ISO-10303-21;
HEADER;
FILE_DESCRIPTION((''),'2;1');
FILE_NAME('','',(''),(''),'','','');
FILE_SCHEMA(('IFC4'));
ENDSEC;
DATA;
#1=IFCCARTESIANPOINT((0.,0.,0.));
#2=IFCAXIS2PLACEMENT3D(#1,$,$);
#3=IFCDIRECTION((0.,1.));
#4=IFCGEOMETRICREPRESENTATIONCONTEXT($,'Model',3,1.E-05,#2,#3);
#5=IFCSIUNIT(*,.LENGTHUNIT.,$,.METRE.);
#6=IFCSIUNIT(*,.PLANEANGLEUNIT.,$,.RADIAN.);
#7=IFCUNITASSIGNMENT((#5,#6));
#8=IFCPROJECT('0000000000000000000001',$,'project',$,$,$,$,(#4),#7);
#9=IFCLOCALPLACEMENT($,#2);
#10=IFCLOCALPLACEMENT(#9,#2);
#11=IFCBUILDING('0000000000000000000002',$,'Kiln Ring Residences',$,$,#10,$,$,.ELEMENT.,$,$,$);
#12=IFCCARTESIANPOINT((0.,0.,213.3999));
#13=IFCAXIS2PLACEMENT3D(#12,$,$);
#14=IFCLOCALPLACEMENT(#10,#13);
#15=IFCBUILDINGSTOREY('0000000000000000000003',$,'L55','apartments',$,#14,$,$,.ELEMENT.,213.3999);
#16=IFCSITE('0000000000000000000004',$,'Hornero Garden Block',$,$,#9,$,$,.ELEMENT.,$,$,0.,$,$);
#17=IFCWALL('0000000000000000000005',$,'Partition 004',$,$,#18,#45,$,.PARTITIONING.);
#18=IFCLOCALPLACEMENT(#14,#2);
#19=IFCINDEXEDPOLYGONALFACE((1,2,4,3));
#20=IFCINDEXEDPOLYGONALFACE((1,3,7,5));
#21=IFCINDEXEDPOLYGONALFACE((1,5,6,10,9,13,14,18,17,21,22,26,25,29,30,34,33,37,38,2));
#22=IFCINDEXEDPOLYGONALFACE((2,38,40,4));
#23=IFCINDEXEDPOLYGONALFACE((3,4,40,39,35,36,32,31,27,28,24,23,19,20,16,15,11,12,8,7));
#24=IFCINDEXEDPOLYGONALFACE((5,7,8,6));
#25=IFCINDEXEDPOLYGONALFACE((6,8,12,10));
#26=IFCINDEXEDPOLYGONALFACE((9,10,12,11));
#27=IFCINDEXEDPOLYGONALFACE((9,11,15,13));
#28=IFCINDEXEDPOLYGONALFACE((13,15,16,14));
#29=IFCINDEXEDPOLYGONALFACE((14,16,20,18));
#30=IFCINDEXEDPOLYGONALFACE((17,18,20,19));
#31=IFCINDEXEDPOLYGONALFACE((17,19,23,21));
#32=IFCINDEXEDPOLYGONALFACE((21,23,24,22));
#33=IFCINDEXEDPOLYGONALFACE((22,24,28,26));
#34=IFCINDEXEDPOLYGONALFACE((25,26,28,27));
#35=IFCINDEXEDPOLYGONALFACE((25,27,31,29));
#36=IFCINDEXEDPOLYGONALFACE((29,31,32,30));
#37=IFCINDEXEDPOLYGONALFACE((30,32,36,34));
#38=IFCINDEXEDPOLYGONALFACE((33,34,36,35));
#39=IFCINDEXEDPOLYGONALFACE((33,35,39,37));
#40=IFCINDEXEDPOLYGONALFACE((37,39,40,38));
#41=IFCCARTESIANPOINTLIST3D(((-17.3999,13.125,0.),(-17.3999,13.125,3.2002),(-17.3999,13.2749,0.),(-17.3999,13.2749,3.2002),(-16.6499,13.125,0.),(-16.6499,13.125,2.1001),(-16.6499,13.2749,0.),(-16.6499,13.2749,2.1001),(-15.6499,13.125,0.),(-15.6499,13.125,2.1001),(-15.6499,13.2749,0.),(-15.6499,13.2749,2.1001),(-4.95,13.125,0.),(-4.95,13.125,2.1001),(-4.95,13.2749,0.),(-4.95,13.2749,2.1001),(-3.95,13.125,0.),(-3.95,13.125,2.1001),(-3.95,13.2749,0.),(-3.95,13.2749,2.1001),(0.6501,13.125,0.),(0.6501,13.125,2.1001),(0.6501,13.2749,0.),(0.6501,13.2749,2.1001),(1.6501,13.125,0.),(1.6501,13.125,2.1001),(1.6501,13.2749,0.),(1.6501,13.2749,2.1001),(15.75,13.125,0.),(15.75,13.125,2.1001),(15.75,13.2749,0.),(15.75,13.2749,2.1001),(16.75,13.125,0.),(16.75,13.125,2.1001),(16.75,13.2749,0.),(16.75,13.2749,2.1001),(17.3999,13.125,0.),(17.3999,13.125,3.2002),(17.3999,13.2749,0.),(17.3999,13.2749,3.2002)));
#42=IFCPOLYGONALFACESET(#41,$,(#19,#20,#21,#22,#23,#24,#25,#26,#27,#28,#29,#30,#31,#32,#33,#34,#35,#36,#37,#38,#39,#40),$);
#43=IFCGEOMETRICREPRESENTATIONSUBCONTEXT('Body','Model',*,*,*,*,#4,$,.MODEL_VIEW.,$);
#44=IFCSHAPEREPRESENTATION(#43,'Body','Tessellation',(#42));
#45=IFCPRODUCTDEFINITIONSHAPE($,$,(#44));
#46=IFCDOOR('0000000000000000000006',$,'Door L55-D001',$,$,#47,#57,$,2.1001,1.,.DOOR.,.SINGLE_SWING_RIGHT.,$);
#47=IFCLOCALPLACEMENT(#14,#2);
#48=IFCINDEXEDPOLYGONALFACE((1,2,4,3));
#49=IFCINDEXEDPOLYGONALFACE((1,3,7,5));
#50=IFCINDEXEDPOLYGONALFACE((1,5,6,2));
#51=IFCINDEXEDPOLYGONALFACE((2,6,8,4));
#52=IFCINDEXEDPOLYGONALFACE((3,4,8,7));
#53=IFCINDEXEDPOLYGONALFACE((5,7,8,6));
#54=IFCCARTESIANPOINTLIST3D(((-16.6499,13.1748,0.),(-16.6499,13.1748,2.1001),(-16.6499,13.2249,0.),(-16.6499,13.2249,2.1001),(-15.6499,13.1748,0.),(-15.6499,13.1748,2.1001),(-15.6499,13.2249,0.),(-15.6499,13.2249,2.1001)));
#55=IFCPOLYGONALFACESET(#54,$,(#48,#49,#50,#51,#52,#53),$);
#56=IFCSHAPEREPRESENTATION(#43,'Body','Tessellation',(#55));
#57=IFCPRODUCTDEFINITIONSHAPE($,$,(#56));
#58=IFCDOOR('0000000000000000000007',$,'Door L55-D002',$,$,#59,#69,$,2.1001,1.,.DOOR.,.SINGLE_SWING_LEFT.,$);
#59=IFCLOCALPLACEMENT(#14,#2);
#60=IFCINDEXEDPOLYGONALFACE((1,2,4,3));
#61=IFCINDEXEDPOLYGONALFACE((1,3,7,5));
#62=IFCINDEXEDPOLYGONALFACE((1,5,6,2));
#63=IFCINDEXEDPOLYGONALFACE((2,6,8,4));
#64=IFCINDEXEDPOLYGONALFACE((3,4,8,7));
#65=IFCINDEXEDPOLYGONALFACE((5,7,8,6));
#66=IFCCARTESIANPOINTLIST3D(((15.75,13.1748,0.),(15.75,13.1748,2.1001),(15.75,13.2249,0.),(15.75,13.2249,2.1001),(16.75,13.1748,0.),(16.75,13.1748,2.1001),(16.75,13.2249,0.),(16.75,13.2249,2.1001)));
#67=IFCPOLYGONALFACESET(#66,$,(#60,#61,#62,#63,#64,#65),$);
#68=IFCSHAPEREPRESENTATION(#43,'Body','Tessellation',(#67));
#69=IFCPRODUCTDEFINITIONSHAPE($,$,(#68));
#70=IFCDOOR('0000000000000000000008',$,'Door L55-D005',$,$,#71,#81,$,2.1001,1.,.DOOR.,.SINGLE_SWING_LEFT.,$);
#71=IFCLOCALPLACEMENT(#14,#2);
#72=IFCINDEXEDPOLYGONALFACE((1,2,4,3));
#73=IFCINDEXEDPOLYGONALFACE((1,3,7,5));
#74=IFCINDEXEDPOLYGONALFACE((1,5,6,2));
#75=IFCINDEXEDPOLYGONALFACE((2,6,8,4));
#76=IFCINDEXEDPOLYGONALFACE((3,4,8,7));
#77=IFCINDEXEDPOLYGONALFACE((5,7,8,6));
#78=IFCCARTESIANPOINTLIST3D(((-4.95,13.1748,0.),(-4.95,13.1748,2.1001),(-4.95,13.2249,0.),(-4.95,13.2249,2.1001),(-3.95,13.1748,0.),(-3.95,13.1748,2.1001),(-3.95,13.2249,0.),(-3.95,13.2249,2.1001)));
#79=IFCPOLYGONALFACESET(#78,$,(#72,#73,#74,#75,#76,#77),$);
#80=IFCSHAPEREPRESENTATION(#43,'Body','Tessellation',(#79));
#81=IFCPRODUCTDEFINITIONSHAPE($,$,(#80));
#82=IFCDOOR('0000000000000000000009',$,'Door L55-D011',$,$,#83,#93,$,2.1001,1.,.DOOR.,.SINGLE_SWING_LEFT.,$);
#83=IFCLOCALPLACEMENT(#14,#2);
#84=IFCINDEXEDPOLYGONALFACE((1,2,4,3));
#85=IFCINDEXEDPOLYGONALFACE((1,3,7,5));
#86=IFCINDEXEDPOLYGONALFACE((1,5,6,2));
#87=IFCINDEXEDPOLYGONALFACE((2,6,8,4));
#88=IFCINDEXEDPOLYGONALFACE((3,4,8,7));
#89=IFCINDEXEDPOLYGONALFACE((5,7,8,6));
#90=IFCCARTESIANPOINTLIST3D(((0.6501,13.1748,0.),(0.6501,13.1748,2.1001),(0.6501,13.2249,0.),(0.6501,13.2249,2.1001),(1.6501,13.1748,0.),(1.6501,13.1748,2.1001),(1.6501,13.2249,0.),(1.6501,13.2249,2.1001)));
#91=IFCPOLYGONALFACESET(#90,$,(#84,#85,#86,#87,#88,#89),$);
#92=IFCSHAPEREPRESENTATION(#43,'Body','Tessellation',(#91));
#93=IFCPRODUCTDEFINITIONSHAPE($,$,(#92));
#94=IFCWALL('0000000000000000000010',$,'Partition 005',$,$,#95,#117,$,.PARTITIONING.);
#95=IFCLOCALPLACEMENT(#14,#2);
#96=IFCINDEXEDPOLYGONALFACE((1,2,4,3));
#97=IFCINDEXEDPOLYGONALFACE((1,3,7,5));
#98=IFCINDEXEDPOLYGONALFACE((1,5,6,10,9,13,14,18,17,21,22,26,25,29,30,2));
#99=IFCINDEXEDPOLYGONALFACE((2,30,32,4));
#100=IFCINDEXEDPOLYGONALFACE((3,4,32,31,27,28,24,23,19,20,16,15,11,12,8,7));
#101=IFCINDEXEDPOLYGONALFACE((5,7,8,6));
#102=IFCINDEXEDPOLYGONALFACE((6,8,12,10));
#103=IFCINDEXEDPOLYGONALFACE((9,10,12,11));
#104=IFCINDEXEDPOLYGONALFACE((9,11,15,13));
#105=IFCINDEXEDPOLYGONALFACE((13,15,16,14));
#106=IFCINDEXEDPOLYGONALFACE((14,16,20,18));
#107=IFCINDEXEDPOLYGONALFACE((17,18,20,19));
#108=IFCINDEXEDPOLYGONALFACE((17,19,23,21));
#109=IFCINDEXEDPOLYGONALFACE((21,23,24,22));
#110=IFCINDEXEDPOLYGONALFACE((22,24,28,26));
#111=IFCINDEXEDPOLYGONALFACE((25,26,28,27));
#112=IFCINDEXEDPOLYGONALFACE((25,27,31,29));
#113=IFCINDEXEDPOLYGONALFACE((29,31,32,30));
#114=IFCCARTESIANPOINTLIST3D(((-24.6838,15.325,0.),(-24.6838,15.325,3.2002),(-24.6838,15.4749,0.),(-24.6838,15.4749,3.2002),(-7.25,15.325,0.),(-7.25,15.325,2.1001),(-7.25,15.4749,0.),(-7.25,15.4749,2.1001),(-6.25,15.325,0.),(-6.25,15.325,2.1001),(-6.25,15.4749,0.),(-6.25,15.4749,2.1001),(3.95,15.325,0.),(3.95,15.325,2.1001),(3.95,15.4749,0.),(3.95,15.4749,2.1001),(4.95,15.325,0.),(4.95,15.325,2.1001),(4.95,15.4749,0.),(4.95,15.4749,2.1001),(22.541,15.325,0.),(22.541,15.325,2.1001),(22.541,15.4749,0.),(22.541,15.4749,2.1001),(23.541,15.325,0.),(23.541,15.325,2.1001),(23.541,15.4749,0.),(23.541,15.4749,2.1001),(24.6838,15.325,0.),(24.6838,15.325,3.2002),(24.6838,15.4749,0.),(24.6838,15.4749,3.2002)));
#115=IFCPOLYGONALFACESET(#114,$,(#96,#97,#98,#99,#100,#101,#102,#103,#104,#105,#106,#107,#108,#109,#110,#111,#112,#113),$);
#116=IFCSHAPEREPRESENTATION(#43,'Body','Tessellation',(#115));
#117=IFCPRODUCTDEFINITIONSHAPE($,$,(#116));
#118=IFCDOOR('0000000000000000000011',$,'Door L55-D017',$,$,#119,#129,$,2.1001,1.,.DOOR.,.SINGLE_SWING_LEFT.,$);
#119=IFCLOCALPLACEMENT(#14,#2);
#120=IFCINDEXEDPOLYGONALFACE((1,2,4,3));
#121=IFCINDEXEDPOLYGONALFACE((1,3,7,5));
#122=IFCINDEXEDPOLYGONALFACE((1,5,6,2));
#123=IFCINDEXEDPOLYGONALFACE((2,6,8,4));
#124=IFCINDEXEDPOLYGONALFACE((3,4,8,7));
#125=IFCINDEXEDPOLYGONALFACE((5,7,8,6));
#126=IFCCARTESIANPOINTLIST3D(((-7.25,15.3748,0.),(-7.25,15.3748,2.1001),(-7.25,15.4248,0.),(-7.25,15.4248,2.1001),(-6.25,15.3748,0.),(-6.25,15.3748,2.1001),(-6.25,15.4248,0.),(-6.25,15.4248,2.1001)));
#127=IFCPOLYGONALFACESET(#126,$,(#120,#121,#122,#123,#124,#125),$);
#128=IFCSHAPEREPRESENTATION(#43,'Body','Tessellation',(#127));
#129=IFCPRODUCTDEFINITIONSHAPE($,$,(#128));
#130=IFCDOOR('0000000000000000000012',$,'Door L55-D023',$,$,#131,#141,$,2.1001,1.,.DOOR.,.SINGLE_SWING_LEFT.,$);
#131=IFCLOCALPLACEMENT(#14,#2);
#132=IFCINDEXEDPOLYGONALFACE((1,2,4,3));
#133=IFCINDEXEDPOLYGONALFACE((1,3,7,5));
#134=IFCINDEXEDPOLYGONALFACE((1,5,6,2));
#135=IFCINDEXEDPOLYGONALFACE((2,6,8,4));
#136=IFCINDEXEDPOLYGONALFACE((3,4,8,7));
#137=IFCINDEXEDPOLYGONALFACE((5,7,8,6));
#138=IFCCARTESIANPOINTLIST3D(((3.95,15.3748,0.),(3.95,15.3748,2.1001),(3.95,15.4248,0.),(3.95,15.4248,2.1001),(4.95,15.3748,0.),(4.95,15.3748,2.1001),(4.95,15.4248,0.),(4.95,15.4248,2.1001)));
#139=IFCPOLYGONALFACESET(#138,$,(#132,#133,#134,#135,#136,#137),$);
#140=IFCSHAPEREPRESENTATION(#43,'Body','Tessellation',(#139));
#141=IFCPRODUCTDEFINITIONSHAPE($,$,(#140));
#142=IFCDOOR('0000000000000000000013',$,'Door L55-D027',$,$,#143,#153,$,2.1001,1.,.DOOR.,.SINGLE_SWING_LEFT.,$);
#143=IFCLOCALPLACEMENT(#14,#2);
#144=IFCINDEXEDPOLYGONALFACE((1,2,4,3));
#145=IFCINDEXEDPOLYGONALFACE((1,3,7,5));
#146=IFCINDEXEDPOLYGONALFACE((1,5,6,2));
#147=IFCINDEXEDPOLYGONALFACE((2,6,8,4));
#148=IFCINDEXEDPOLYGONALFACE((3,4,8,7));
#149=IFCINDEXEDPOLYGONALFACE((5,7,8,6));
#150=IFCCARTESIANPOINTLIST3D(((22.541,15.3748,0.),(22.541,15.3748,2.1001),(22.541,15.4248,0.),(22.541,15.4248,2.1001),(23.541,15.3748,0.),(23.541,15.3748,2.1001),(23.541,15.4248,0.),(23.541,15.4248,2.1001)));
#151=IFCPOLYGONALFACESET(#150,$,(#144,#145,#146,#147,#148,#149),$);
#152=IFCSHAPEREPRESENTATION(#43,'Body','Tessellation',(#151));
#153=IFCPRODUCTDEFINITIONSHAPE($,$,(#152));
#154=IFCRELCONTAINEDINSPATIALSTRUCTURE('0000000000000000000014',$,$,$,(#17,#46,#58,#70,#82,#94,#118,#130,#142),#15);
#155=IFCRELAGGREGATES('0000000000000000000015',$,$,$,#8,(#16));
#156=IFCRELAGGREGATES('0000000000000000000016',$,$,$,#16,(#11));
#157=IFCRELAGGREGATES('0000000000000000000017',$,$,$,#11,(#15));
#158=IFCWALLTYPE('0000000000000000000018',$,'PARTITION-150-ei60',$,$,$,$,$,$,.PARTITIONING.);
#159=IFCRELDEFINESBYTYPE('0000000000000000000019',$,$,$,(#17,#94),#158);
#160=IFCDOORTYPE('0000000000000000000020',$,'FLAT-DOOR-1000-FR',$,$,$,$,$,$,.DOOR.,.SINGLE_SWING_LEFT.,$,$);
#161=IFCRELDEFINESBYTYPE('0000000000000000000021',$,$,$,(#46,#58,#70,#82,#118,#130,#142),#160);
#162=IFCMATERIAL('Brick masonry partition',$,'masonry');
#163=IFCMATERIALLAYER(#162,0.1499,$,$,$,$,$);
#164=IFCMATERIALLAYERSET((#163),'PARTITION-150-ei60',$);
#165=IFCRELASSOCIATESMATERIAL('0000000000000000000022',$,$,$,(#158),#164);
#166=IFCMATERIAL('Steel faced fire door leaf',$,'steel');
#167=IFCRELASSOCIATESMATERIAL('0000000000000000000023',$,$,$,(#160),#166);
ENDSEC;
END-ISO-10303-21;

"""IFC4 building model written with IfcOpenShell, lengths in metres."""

from ifc_helpers import new_model, si_unit, direction, frame, frame_2d, origin, place, context, subcontext, project, spatial, rectangle, extrude, material, layer, layer_set, type_object, element, fill, save


model = new_model("IFC4")

# Units and contexts
model_context = context("Model", 3, precision=1e-05, world=origin(), true_north=direction((0.0, 1.0)))
body_context = subcontext(model_context, "Body", "Model", "MODEL_VIEW")
ifc_project = project(units=[si_unit("LENGTHUNIT", "METRE"), si_unit("PLANEANGLEUNIT", "RADIAN")], contexts=[model_context])

# Site, building, storey
site_placement = place(None, origin())
site = spatial("IfcSite", under=ifc_project, at=site_placement, Name="Hornero Garden Block", CompositionType="ELEMENT", RefElevation=0.0)
building_placement = place(site_placement, origin())
building = spatial("IfcBuilding", under=site, at=building_placement, Name="Kiln Ring Residences", CompositionType="ELEMENT")
storey_placement = place(building_placement, frame((0.0, 0.0, 213.3999)))
storey = spatial("IfcBuildingStorey", under=building, at=storey_placement, Name="L55", Description="apartments", CompositionType="ELEMENT", Elevation=213.3999)

# Walls, openings, doors
ifc_material_1 = material(Name="Brick masonry partition", Category="masonry")
ifc_layer_1 = layer(ifc_material_1, 0.1499)
ifc_layer_set_1 = layer_set([ifc_layer_1], Name="PARTITION-150-ei60")
wall_type_1 = type_object("IfcWallType", Name="PARTITION-150-ei60", PredefinedType="PARTITIONING", material=ifc_layer_set_1)
wall_1_placement = place(storey_placement, frame((-17.3999, 13.2, 0.0), z_axis=(0.0, 0.0, 1.0), x_axis=(1.0, 0.0, 0.0)))
wall_1 = element("IfcWall", 1, at=wall_1_placement, inside=storey, type_object=wall_type_1, Name="Partition 004", PredefinedType="PARTITIONING", context=body_context, shape_type="SweptSolid", body=[
    extrude(rectangle(XDim=34.7998, YDim=0.1499, at=frame_2d((17.3999, 0.0))), origin(), (0.0, 0.0, 1.0), 3.2002),
])
opening_1_placement = place(wall_1_placement, frame((0.75, 0.0, 0.0)))
opening_1 = element("IfcOpeningElement", 2, at=opening_1_placement, cuts=wall_1, PredefinedType="OPENING", context=body_context, shape_type="SweptSolid", body=[
    extrude(rectangle(XDim=1.0, YDim=2.1001, at=frame_2d((0.5, 1.05))), frame((0.0, 0.085, 0.0), z_axis=(0.0, -1.0, 0.0), x_axis=(1.0, 0.0, 0.0)), (0.0, 0.0, 1.0), 0.1699),
])
opening_2_placement = place(wall_1_placement, frame((33.1499, 0.0, 0.0)))
opening_2 = element("IfcOpeningElement", 3, at=opening_2_placement, cuts=wall_1, PredefinedType="OPENING", context=body_context, shape_type="SweptSolid", body=[
    extrude(rectangle(XDim=1.0, YDim=2.1001, at=frame_2d((0.5, 1.05))), frame((0.0, 0.085, 0.0), z_axis=(0.0, -1.0, 0.0), x_axis=(1.0, 0.0, 0.0)), (0.0, 0.0, 1.0), 0.1699),
])
opening_3_placement = place(wall_1_placement, frame((12.45, 0.0, 0.0)))
opening_3 = element("IfcOpeningElement", 4, at=opening_3_placement, cuts=wall_1, PredefinedType="OPENING", context=body_context, shape_type="SweptSolid", body=[
    extrude(rectangle(XDim=1.0, YDim=2.1001, at=frame_2d((0.5, 1.05))), frame((0.0, 0.085, 0.0), z_axis=(0.0, -1.0, 0.0), x_axis=(1.0, 0.0, 0.0)), (0.0, 0.0, 1.0), 0.1699),
])
opening_4_placement = place(wall_1_placement, frame((18.05, 0.0, 0.0)))
opening_4 = element("IfcOpeningElement", 5, at=opening_4_placement, cuts=wall_1, PredefinedType="OPENING", context=body_context, shape_type="SweptSolid", body=[
    extrude(rectangle(XDim=1.0, YDim=2.1001, at=frame_2d((0.5, 1.05))), frame((0.0, 0.085, 0.0), z_axis=(0.0, -1.0, 0.0), x_axis=(1.0, 0.0, 0.0)), (0.0, 0.0, 1.0), 0.1699),
])
ifc_material_2 = material(Name="Steel faced fire door leaf", Category="steel")
door_type = type_object("IfcDoorType", Name="FLAT-DOOR-1000-FR", OperationType="SINGLE_SWING_LEFT", PredefinedType="DOOR", material=ifc_material_2)
door_1_placement = place(opening_1_placement, origin())
door_1 = element("IfcDoor", 6, at=door_1_placement, inside=storey, type_object=door_type, Name="Door L55-D001", OperationType="SINGLE_SWING_RIGHT", OverallHeight=2.1001, OverallWidth=1.0, PredefinedType="DOOR", context=body_context, shape_type="SweptSolid", body=[
    extrude(rectangle(XDim=1.0, YDim=2.1001, at=frame_2d((0.5, 1.05))), frame((0.0, 0.0249, 0.0), z_axis=(0.0, -1.0, 0.0), x_axis=(1.0, 0.0, 0.0)), (0.0, 0.0, 1.0), 0.05),
])
fill(opening_1, door_1)
door_2_placement = place(opening_2_placement, origin())
door_2 = element("IfcDoor", 7, at=door_2_placement, inside=storey, type_object=door_type, Name="Door L55-D002", OperationType="SINGLE_SWING_LEFT", OverallHeight=2.1001, OverallWidth=1.0, PredefinedType="DOOR", context=body_context, shape_type="SweptSolid", body=[
    extrude(rectangle(XDim=1.0, YDim=2.1001, at=frame_2d((0.5, 1.05))), frame((0.0, 0.0249, 0.0), z_axis=(0.0, -1.0, 0.0), x_axis=(1.0, 0.0, 0.0)), (0.0, 0.0, 1.0), 0.05),
])
fill(opening_2, door_2)
door_3_placement = place(opening_3_placement, origin())
door_3 = element("IfcDoor", 8, at=door_3_placement, inside=storey, type_object=door_type, Name="Door L55-D005", OperationType="SINGLE_SWING_LEFT", OverallHeight=2.1001, OverallWidth=1.0, PredefinedType="DOOR", context=body_context, shape_type="SweptSolid", body=[
    extrude(rectangle(XDim=1.0, YDim=2.1001, at=frame_2d((0.5, 1.05))), frame((0.0, 0.0249, 0.0), z_axis=(0.0, -1.0, 0.0), x_axis=(1.0, 0.0, 0.0)), (0.0, 0.0, 1.0), 0.05),
])
fill(opening_3, door_3)
door_4_placement = place(opening_4_placement, origin())
door_4 = element("IfcDoor", 9, at=door_4_placement, inside=storey, type_object=door_type, Name="Door L55-D011", OperationType="SINGLE_SWING_LEFT", OverallHeight=2.1001, OverallWidth=1.0, PredefinedType="DOOR", context=body_context, shape_type="SweptSolid", body=[
    extrude(rectangle(XDim=1.0, YDim=2.1001, at=frame_2d((0.5, 1.05))), frame((0.0, 0.0249, 0.0), z_axis=(0.0, -1.0, 0.0), x_axis=(1.0, 0.0, 0.0)), (0.0, 0.0, 1.0), 0.05),
])
fill(opening_4, door_4)
wall_2_placement = place(storey_placement, frame((-24.6838, 15.3999, 0.0), z_axis=(0.0, 0.0, 1.0), x_axis=(1.0, 0.0, 0.0)))
wall_2 = element("IfcWall", 10, at=wall_2_placement, inside=storey, type_object=wall_type_1, Name="Partition 005", PredefinedType="PARTITIONING", context=body_context, shape_type="SweptSolid", body=[
    extrude(rectangle(XDim=49.3677, YDim=0.1499, at=frame_2d((24.6838, 0.0))), origin(), (0.0, 0.0, 1.0), 3.2002),
])
opening_5_placement = place(wall_2_placement, frame((17.4338, 0.0, 0.0)))
opening_5 = element("IfcOpeningElement", 11, at=opening_5_placement, cuts=wall_2, PredefinedType="OPENING", context=body_context, shape_type="SweptSolid", body=[
    extrude(rectangle(XDim=1.0, YDim=2.1001, at=frame_2d((0.5, 1.05))), frame((0.0, 0.085, 0.0), z_axis=(0.0, -1.0, 0.0), x_axis=(1.0, 0.0, 0.0)), (0.0, 0.0, 1.0), 0.1699),
])
opening_6_placement = place(wall_2_placement, frame((28.6338, 0.0, 0.0)))
opening_6 = element("IfcOpeningElement", 12, at=opening_6_placement, cuts=wall_2, PredefinedType="OPENING", context=body_context, shape_type="SweptSolid", body=[
    extrude(rectangle(XDim=1.0, YDim=2.1001, at=frame_2d((0.5, 1.05))), frame((0.0, 0.085, 0.0), z_axis=(0.0, -1.0, 0.0), x_axis=(1.0, 0.0, 0.0)), (0.0, 0.0, 1.0), 0.1699),
])
opening_7_placement = place(wall_2_placement, frame((47.2249, 0.0, 0.0)))
opening_7 = element("IfcOpeningElement", 13, at=opening_7_placement, cuts=wall_2, PredefinedType="OPENING", context=body_context, shape_type="SweptSolid", body=[
    extrude(rectangle(XDim=1.0, YDim=2.1001, at=frame_2d((0.5, 1.05))), frame((0.0, 0.085, 0.0), z_axis=(0.0, -1.0, 0.0), x_axis=(1.0, 0.0, 0.0)), (0.0, 0.0, 1.0), 0.1699),
])
door_5_placement = place(opening_5_placement, origin())
door_5 = element("IfcDoor", 14, at=door_5_placement, inside=storey, type_object=door_type, Name="Door L55-D017", OperationType="SINGLE_SWING_LEFT", OverallHeight=2.1001, OverallWidth=1.0, PredefinedType="DOOR", context=body_context, shape_type="SweptSolid", body=[
    extrude(rectangle(XDim=1.0, YDim=2.1001, at=frame_2d((0.5, 1.05))), frame((0.0, 0.0249, 0.0), z_axis=(0.0, -1.0, 0.0), x_axis=(1.0, 0.0, 0.0)), (0.0, 0.0, 1.0), 0.05),
])
fill(opening_5, door_5)
door_6_placement = place(opening_6_placement, origin())
door_6 = element("IfcDoor", 15, at=door_6_placement, inside=storey, type_object=door_type, Name="Door L55-D023", OperationType="SINGLE_SWING_LEFT", OverallHeight=2.1001, OverallWidth=1.0, PredefinedType="DOOR", context=body_context, shape_type="SweptSolid", body=[
    extrude(rectangle(XDim=1.0, YDim=2.1001, at=frame_2d((0.5, 1.05))), frame((0.0, 0.0249, 0.0), z_axis=(0.0, -1.0, 0.0), x_axis=(1.0, 0.0, 0.0)), (0.0, 0.0, 1.0), 0.05),
])
fill(opening_6, door_6)
door_7_placement = place(opening_7_placement, origin())
door_7 = element("IfcDoor", 16, at=door_7_placement, inside=storey, type_object=door_type, Name="Door L55-D027", OperationType="SINGLE_SWING_LEFT", OverallHeight=2.1001, OverallWidth=1.0, PredefinedType="DOOR", context=body_context, shape_type="SweptSolid", body=[
    extrude(rectangle(XDim=1.0, YDim=2.1001, at=frame_2d((0.5, 1.05))), frame((0.0, 0.0249, 0.0), z_axis=(0.0, -1.0, 0.0), x_axis=(1.0, 0.0, 0.0)), (0.0, 0.0, 1.0), 0.05),
])
fill(opening_7, door_7)

save(model, "model.ifc")
